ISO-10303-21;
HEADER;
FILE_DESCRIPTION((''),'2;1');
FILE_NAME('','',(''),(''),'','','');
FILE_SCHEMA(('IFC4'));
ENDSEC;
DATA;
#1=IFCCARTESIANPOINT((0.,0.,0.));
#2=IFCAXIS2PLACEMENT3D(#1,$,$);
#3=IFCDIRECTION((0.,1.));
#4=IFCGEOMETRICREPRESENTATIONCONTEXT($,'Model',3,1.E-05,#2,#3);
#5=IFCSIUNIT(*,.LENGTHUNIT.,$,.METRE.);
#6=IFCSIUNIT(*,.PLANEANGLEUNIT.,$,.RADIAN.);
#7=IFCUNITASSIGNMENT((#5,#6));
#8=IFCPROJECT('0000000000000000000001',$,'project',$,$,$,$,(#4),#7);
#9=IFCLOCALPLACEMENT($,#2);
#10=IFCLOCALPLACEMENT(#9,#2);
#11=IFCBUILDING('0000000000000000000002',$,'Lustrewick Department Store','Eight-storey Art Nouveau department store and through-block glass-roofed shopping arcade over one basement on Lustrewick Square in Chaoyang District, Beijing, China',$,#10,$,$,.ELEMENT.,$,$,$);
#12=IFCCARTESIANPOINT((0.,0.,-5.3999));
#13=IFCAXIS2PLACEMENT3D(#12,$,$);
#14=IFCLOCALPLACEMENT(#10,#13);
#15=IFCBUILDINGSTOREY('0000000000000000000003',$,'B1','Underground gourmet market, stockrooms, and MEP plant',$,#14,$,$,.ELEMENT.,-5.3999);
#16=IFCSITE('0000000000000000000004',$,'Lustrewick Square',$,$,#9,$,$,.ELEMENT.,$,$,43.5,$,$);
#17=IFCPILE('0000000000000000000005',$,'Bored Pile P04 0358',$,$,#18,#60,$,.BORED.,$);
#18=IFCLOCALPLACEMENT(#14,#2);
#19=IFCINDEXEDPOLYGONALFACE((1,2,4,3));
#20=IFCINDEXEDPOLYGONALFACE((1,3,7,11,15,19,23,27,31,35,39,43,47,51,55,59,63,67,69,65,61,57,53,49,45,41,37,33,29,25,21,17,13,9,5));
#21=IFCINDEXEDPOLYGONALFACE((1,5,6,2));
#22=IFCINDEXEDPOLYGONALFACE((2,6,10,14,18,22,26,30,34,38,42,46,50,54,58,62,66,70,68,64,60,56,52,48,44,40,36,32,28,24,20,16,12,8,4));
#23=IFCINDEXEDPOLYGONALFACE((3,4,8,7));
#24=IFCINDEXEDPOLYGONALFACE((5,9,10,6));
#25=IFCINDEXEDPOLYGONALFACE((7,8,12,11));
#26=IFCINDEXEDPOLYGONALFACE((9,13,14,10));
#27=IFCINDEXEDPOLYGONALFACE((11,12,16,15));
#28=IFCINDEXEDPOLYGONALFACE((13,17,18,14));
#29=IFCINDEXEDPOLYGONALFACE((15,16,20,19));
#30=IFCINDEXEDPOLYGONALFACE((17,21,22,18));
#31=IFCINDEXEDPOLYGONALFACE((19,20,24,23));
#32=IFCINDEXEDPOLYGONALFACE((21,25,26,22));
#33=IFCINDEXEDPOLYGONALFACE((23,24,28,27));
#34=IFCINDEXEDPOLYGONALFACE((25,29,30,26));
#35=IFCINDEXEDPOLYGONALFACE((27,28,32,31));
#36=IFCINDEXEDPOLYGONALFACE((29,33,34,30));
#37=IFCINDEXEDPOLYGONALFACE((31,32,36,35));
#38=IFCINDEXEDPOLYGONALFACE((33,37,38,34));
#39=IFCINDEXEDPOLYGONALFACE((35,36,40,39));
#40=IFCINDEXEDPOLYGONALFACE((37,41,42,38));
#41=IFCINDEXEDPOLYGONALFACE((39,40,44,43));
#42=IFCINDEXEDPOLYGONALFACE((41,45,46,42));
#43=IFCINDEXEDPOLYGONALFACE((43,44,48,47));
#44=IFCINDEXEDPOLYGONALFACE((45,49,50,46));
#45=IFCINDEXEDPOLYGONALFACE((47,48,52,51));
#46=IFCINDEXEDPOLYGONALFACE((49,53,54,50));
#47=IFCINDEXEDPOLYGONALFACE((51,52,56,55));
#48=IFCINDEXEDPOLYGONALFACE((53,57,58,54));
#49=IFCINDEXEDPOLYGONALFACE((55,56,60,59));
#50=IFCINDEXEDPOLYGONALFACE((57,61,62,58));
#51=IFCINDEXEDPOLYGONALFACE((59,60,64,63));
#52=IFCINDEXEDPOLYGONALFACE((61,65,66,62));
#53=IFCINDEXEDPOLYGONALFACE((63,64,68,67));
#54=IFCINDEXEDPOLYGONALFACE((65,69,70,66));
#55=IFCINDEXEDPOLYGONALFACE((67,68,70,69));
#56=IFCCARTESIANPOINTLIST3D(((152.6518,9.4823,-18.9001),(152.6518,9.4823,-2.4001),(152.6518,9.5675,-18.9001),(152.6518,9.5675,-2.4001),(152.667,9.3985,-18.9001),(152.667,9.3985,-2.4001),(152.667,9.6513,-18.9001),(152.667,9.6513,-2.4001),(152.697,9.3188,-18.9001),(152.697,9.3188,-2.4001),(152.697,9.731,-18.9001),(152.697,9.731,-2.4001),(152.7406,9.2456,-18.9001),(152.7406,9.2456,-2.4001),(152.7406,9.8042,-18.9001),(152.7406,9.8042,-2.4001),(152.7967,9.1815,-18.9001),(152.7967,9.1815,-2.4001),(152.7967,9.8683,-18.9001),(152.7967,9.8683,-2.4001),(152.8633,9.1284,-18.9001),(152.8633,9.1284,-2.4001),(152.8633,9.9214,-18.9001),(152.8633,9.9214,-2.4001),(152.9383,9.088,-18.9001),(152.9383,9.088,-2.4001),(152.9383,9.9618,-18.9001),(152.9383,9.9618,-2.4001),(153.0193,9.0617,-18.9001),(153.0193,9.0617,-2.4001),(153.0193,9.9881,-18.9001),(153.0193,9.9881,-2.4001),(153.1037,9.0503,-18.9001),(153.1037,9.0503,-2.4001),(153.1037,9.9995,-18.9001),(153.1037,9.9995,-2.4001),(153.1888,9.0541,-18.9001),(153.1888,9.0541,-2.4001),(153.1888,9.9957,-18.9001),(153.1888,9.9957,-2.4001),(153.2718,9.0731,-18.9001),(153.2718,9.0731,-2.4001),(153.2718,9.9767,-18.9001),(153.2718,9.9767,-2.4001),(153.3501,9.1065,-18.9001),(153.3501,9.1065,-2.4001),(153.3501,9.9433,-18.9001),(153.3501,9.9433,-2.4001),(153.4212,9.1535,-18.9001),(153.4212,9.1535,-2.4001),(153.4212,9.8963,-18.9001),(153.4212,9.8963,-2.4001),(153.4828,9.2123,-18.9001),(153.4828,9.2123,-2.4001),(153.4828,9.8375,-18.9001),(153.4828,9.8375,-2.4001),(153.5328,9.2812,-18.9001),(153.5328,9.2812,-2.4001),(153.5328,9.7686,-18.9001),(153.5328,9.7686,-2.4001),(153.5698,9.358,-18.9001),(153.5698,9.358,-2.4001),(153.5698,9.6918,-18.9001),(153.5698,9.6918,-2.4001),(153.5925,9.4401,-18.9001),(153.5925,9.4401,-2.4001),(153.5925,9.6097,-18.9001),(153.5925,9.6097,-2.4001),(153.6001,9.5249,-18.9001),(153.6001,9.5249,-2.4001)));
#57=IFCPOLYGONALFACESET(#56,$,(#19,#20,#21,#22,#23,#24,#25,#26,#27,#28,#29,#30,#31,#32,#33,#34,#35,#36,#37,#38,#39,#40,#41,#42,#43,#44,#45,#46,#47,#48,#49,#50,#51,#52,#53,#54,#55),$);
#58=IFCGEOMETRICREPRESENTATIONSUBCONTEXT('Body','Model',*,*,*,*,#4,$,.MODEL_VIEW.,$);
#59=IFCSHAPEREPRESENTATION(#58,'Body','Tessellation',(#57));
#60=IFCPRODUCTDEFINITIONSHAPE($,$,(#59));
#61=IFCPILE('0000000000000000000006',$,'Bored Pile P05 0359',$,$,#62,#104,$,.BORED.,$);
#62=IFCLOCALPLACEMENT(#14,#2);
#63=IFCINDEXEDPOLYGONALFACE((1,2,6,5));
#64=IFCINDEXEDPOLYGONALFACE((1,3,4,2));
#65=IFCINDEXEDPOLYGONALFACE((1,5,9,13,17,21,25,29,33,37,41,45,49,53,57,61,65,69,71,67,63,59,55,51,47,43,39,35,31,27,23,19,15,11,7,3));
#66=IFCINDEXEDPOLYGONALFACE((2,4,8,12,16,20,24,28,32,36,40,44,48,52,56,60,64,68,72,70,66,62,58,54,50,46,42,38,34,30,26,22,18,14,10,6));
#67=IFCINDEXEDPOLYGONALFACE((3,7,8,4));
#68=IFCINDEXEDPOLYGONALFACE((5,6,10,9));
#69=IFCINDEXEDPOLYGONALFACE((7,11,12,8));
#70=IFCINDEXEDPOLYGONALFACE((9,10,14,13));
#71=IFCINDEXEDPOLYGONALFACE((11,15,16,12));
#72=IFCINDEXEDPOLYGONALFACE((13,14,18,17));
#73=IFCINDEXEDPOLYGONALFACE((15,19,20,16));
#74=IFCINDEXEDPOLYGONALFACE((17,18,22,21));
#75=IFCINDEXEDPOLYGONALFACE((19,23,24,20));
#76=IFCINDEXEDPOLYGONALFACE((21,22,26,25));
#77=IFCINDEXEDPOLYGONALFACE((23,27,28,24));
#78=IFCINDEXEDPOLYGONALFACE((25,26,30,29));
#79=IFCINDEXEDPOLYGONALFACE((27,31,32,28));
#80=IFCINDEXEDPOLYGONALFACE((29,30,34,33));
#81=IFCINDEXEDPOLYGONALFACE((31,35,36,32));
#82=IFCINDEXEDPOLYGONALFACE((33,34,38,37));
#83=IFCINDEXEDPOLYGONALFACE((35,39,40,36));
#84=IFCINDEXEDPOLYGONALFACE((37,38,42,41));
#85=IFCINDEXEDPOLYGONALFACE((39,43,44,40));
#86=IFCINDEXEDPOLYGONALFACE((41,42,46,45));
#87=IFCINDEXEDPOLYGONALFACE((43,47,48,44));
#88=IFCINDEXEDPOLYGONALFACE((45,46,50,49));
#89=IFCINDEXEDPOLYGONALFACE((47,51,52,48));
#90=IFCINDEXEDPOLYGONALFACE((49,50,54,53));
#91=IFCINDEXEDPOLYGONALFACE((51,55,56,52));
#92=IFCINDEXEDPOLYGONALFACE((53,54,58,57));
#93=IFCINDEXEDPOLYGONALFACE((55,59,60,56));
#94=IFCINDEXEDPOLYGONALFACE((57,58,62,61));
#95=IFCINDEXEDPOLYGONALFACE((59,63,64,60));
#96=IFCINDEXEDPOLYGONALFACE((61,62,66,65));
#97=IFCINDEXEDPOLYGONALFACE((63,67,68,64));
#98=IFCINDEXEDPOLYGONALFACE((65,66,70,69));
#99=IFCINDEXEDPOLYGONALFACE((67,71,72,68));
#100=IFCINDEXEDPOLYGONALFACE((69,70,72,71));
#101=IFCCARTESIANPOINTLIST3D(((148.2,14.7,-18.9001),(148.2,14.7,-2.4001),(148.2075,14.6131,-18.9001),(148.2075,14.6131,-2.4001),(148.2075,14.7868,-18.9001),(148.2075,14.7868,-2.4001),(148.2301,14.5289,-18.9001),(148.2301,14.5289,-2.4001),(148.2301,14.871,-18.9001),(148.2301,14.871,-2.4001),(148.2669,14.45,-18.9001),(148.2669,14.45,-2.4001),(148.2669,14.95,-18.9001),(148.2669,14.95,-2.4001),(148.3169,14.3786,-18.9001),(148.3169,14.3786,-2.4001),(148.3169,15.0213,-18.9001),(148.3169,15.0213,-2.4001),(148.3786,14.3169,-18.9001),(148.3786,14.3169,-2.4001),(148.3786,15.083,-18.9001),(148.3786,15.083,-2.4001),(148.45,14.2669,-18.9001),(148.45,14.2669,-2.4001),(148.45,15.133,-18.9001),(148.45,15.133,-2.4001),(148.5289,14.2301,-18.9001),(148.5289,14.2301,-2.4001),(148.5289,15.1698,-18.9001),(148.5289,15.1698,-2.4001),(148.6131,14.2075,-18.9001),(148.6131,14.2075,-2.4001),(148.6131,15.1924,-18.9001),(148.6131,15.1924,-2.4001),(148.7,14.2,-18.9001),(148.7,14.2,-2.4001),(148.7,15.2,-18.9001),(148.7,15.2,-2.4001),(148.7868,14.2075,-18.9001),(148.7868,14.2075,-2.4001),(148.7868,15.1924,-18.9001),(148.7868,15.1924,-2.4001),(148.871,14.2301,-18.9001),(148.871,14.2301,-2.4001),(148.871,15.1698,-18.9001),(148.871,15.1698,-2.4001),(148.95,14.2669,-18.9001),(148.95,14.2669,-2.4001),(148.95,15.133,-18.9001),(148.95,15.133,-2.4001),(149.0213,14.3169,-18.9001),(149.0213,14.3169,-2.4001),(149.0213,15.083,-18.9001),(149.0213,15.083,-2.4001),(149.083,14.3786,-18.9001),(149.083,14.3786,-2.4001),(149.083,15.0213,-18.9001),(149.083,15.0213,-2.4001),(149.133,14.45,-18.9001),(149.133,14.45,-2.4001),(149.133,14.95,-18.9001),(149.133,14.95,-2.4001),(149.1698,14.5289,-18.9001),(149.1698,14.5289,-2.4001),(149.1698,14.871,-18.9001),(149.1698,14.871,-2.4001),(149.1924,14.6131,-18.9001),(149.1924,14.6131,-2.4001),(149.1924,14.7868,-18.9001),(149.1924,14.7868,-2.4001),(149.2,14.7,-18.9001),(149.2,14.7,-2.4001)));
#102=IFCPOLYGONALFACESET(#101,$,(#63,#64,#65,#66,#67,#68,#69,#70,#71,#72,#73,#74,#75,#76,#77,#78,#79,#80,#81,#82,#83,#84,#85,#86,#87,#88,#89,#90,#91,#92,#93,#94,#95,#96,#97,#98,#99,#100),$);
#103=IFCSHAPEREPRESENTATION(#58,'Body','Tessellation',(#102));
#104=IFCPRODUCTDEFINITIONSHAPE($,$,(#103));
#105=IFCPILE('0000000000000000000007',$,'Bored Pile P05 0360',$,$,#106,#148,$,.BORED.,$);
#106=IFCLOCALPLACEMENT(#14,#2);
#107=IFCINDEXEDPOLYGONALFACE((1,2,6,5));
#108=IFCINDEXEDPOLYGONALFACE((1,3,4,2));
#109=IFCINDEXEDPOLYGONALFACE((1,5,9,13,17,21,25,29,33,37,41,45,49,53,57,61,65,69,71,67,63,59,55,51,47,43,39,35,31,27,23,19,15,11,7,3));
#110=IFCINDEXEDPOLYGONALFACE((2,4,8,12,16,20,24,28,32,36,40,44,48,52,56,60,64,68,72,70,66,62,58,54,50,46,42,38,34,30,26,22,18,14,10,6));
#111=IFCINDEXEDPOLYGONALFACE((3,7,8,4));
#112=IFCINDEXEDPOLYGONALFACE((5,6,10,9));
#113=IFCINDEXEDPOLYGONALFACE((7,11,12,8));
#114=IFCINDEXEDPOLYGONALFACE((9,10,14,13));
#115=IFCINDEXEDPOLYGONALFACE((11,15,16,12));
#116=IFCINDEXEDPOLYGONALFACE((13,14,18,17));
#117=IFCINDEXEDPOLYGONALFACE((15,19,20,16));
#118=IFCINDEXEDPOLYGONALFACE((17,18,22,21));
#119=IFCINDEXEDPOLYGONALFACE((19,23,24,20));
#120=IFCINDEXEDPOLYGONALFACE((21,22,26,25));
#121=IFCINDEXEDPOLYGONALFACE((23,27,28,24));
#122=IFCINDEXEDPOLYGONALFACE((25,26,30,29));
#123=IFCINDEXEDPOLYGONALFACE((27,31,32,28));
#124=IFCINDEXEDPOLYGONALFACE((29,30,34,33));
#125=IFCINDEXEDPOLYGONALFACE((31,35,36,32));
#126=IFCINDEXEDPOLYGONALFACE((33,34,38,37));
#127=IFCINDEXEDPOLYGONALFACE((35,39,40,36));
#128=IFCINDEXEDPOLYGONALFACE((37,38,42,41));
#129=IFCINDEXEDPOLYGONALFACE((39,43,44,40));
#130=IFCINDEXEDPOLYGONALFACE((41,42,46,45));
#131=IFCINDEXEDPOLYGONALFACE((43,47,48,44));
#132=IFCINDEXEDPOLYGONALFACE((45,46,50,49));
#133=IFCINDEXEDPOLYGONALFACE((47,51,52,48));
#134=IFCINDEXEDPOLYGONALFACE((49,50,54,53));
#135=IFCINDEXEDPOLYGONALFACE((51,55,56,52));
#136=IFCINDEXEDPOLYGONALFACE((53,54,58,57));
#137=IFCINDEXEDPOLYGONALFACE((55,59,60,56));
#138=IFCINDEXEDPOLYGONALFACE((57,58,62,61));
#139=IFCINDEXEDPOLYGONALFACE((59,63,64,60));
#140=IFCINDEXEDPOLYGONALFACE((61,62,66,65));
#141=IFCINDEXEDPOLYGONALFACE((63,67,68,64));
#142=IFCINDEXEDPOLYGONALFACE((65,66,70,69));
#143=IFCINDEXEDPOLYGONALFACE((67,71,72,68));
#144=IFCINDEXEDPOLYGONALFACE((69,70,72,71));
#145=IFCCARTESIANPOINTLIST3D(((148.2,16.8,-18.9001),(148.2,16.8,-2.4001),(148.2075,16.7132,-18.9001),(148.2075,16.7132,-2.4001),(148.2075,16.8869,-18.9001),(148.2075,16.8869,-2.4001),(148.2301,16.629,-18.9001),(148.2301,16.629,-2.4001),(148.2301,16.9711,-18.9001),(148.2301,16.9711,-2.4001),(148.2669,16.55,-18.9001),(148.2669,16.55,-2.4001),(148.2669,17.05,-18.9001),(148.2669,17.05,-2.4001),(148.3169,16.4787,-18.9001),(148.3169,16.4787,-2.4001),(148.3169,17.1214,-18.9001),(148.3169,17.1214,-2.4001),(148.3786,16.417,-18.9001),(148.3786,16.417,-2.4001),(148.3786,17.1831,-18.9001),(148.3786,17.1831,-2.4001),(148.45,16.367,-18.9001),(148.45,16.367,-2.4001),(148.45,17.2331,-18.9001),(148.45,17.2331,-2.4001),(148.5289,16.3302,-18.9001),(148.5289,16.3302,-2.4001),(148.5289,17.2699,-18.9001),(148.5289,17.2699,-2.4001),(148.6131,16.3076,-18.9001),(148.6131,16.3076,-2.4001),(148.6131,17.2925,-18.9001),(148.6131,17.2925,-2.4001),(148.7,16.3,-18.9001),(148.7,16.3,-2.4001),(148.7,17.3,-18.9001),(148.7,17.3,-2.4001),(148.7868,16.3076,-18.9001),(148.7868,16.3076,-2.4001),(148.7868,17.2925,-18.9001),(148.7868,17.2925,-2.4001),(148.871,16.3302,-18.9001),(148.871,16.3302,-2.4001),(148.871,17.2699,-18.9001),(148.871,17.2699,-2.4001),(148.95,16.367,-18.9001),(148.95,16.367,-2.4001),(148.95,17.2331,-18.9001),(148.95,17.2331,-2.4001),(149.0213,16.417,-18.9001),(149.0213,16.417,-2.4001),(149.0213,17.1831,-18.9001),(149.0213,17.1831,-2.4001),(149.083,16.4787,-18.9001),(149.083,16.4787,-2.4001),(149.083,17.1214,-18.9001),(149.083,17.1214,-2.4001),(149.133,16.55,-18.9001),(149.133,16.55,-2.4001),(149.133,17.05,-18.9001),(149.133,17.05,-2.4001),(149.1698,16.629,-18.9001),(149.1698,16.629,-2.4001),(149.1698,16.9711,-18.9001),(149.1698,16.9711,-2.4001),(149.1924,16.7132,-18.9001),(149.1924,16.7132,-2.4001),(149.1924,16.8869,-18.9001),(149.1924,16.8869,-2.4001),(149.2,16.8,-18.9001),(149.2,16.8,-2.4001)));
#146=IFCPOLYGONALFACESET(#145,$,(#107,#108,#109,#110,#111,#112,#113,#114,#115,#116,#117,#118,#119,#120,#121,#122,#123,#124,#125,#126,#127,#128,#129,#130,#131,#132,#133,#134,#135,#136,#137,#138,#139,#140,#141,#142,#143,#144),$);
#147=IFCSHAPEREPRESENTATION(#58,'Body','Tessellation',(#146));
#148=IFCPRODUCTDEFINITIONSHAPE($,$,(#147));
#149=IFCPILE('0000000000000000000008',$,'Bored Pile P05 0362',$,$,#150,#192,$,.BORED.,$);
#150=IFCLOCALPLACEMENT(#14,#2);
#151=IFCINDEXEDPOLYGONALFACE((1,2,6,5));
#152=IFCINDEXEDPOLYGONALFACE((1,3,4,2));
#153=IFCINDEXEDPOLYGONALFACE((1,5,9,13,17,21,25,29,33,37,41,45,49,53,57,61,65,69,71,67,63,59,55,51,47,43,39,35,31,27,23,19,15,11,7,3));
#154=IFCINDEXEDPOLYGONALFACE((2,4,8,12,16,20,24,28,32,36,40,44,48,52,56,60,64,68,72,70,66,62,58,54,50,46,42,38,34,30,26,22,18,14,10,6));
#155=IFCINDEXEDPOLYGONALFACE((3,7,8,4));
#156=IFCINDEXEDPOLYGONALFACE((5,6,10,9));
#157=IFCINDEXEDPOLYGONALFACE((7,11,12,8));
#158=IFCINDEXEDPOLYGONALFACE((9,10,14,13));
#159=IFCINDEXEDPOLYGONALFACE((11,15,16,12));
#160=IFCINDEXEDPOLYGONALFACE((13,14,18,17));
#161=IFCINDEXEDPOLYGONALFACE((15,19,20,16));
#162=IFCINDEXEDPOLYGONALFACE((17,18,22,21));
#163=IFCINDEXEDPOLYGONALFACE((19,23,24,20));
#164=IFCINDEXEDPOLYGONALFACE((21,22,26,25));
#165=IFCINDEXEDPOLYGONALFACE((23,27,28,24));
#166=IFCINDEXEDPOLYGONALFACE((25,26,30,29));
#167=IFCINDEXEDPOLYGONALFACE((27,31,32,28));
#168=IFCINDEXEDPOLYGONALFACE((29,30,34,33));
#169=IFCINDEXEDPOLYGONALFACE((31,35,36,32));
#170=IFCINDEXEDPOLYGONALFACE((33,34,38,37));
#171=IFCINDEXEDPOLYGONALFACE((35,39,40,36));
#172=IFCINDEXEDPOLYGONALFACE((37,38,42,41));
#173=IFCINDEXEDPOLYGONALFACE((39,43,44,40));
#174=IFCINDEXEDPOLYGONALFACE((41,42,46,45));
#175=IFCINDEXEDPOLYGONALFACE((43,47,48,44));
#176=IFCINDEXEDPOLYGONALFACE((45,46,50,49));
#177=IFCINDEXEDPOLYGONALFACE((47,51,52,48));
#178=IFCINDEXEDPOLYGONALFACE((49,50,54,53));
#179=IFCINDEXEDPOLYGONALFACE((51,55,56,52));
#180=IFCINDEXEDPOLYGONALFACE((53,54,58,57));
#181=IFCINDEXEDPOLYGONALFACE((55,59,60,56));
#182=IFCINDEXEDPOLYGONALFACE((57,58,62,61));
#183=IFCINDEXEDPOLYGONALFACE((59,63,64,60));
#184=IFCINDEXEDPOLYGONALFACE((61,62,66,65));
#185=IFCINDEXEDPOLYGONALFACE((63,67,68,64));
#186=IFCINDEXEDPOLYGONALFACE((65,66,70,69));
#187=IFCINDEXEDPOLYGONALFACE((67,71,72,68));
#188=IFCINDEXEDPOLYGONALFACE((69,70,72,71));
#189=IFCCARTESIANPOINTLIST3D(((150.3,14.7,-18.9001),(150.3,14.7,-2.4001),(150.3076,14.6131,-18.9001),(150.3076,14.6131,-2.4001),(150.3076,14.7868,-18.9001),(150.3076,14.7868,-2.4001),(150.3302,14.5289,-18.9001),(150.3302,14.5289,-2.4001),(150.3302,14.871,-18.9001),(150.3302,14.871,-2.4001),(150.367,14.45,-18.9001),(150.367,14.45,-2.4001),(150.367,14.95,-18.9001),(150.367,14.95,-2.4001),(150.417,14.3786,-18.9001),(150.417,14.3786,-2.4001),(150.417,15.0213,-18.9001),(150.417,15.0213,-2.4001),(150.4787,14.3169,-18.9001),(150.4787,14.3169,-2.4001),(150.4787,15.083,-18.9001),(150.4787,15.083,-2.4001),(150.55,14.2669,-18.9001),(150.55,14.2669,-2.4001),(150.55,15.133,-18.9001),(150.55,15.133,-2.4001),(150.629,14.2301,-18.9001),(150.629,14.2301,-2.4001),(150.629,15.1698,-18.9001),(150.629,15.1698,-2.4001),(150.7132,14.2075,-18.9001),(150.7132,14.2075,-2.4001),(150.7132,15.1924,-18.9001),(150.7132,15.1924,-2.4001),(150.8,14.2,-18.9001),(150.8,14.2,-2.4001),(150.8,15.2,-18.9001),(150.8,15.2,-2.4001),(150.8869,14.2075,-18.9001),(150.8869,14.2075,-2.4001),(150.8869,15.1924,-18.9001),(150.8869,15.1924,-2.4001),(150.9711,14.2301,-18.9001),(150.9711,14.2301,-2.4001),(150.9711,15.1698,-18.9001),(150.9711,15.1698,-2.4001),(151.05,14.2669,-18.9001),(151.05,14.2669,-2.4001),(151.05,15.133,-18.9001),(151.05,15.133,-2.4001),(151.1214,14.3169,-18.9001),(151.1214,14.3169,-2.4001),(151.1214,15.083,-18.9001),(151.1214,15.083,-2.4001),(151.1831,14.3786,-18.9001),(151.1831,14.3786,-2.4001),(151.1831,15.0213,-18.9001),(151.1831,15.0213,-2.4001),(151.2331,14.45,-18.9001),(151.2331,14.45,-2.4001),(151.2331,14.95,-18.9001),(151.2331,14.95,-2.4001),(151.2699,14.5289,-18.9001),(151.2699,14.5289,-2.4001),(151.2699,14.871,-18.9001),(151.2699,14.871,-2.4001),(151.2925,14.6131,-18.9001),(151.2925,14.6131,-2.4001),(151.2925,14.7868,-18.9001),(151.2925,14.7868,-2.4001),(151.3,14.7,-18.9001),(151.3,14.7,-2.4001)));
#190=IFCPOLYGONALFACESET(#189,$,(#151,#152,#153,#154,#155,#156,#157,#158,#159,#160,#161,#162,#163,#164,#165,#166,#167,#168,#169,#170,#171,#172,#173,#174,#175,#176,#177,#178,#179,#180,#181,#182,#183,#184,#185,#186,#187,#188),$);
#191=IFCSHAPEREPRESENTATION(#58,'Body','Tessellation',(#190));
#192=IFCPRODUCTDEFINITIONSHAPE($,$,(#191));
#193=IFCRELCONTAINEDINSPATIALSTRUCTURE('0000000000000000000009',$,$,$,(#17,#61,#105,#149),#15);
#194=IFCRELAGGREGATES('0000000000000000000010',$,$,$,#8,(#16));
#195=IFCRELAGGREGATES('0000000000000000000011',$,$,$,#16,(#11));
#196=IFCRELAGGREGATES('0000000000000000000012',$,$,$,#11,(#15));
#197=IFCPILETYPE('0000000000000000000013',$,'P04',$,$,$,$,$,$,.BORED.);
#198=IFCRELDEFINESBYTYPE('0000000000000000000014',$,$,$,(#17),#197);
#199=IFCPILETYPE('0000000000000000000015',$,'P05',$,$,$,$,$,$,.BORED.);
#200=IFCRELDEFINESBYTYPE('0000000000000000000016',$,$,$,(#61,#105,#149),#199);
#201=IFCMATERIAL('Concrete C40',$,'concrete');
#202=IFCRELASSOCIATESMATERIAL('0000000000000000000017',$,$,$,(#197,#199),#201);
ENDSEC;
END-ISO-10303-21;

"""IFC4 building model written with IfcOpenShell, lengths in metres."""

from ifc_helpers import new_model, si_unit, direction, frame, origin, origin_2d, place, context, subcontext, project, spatial, circle, extrude, material, material_profile, profile_set, type_object, element, save


model = new_model("IFC4")

# Units and contexts
model_context = context("Model", 3, precision=1e-05, world=origin(), true_north=direction((0.0, 1.0)))
body_context = subcontext(model_context, "Body", "Model", "MODEL_VIEW")
ifc_project = project(units=[si_unit("LENGTHUNIT", "METRE"), si_unit("PLANEANGLEUNIT", "RADIAN")], contexts=[model_context])

# Site, building, storey
site_placement = place(None, origin())
site = spatial("IfcSite", under=ifc_project, at=site_placement, Name="Lustrewick Square", CompositionType="ELEMENT", RefElevation=43.5)
building_placement = place(site_placement, origin())
building = spatial("IfcBuilding", under=site, at=building_placement, Name="Lustrewick Department Store", Description="Eight-storey Art Nouveau department store and through-block glass-roofed shopping arcade over one basement on Lustrewick Square in Chaoyang District, Beijing, China", CompositionType="ELEMENT")
storey_placement = place(building_placement, frame((0.0, 0.0, -5.3999)))
storey = spatial("IfcBuildingStorey", under=building, at=storey_placement, Name="B1", Description="Underground gourmet market, stockrooms, and MEP plant", CompositionType="ELEMENT", Elevation=-5.3999)

# Piles
ifc_material_1 = material(Name="Concrete C40", Category="concrete")
ifc_material_profile_1 = material_profile(ifc_material_1, circle(Radius=0.4751, at=origin_2d()), Name="PILE D950")
ifc_profile_set_1 = profile_set([ifc_material_profile_1], Name="Concrete C40")
pile_type_1 = type_object("IfcPileType", Name="P04", PredefinedType="BORED", material=ifc_profile_set_1)
for number, where, z_axis, x_axis, name in (
    (1, (153.125, 9.5249, -2.4001), (0.0, 0.0, -1.0), (1.0, 0.0, 0.0), "Bored Pile P04 0358"),
):
    element("IfcPile", number, at=place(storey_placement, frame(where, z_axis=z_axis, x_axis=x_axis)), inside=storey, type_object=pile_type_1, Name=name, PredefinedType="BORED", context=body_context, shape_type="SweptSolid", body=[
        extrude(circle(Radius=0.4751, at=origin_2d()), origin(), (0.0, 0.0, 1.0), 16.5),
    ])
ifc_material_profile_2 = material_profile(ifc_material_1, circle(Radius=0.5, at=origin_2d()), Name="PILE D1000")
ifc_profile_set_2 = profile_set([ifc_material_profile_2], Name="Concrete C40")
pile_type_2 = type_object("IfcPileType", Name="P05", PredefinedType="BORED", material=ifc_profile_set_2)
for number, where, z_axis, x_axis, name in (
    (2, (148.7, 14.7, -2.4001), (0.0, 0.0, -1.0), (1.0, 0.0, 0.0), "Bored Pile P05 0359"),
    (3, (148.7, 16.8, -2.4001), (0.0, 0.0, -1.0), (1.0, 0.0, 0.0), "Bored Pile P05 0360"),
    (4, (150.8, 14.7, -2.4001), (0.0, 0.0, -1.0), (1.0, 0.0, 0.0), "Bored Pile P05 0362"),
):
    element("IfcPile", number, at=place(storey_placement, frame(where, z_axis=z_axis, x_axis=x_axis)), inside=storey, type_object=pile_type_2, Name=name, PredefinedType="BORED", context=body_context, shape_type="SweptSolid", body=[
        extrude(circle(Radius=0.5, at=origin_2d()), origin(), (0.0, 0.0, 1.0), 16.5),
    ])

save(model, "model.ifc")
